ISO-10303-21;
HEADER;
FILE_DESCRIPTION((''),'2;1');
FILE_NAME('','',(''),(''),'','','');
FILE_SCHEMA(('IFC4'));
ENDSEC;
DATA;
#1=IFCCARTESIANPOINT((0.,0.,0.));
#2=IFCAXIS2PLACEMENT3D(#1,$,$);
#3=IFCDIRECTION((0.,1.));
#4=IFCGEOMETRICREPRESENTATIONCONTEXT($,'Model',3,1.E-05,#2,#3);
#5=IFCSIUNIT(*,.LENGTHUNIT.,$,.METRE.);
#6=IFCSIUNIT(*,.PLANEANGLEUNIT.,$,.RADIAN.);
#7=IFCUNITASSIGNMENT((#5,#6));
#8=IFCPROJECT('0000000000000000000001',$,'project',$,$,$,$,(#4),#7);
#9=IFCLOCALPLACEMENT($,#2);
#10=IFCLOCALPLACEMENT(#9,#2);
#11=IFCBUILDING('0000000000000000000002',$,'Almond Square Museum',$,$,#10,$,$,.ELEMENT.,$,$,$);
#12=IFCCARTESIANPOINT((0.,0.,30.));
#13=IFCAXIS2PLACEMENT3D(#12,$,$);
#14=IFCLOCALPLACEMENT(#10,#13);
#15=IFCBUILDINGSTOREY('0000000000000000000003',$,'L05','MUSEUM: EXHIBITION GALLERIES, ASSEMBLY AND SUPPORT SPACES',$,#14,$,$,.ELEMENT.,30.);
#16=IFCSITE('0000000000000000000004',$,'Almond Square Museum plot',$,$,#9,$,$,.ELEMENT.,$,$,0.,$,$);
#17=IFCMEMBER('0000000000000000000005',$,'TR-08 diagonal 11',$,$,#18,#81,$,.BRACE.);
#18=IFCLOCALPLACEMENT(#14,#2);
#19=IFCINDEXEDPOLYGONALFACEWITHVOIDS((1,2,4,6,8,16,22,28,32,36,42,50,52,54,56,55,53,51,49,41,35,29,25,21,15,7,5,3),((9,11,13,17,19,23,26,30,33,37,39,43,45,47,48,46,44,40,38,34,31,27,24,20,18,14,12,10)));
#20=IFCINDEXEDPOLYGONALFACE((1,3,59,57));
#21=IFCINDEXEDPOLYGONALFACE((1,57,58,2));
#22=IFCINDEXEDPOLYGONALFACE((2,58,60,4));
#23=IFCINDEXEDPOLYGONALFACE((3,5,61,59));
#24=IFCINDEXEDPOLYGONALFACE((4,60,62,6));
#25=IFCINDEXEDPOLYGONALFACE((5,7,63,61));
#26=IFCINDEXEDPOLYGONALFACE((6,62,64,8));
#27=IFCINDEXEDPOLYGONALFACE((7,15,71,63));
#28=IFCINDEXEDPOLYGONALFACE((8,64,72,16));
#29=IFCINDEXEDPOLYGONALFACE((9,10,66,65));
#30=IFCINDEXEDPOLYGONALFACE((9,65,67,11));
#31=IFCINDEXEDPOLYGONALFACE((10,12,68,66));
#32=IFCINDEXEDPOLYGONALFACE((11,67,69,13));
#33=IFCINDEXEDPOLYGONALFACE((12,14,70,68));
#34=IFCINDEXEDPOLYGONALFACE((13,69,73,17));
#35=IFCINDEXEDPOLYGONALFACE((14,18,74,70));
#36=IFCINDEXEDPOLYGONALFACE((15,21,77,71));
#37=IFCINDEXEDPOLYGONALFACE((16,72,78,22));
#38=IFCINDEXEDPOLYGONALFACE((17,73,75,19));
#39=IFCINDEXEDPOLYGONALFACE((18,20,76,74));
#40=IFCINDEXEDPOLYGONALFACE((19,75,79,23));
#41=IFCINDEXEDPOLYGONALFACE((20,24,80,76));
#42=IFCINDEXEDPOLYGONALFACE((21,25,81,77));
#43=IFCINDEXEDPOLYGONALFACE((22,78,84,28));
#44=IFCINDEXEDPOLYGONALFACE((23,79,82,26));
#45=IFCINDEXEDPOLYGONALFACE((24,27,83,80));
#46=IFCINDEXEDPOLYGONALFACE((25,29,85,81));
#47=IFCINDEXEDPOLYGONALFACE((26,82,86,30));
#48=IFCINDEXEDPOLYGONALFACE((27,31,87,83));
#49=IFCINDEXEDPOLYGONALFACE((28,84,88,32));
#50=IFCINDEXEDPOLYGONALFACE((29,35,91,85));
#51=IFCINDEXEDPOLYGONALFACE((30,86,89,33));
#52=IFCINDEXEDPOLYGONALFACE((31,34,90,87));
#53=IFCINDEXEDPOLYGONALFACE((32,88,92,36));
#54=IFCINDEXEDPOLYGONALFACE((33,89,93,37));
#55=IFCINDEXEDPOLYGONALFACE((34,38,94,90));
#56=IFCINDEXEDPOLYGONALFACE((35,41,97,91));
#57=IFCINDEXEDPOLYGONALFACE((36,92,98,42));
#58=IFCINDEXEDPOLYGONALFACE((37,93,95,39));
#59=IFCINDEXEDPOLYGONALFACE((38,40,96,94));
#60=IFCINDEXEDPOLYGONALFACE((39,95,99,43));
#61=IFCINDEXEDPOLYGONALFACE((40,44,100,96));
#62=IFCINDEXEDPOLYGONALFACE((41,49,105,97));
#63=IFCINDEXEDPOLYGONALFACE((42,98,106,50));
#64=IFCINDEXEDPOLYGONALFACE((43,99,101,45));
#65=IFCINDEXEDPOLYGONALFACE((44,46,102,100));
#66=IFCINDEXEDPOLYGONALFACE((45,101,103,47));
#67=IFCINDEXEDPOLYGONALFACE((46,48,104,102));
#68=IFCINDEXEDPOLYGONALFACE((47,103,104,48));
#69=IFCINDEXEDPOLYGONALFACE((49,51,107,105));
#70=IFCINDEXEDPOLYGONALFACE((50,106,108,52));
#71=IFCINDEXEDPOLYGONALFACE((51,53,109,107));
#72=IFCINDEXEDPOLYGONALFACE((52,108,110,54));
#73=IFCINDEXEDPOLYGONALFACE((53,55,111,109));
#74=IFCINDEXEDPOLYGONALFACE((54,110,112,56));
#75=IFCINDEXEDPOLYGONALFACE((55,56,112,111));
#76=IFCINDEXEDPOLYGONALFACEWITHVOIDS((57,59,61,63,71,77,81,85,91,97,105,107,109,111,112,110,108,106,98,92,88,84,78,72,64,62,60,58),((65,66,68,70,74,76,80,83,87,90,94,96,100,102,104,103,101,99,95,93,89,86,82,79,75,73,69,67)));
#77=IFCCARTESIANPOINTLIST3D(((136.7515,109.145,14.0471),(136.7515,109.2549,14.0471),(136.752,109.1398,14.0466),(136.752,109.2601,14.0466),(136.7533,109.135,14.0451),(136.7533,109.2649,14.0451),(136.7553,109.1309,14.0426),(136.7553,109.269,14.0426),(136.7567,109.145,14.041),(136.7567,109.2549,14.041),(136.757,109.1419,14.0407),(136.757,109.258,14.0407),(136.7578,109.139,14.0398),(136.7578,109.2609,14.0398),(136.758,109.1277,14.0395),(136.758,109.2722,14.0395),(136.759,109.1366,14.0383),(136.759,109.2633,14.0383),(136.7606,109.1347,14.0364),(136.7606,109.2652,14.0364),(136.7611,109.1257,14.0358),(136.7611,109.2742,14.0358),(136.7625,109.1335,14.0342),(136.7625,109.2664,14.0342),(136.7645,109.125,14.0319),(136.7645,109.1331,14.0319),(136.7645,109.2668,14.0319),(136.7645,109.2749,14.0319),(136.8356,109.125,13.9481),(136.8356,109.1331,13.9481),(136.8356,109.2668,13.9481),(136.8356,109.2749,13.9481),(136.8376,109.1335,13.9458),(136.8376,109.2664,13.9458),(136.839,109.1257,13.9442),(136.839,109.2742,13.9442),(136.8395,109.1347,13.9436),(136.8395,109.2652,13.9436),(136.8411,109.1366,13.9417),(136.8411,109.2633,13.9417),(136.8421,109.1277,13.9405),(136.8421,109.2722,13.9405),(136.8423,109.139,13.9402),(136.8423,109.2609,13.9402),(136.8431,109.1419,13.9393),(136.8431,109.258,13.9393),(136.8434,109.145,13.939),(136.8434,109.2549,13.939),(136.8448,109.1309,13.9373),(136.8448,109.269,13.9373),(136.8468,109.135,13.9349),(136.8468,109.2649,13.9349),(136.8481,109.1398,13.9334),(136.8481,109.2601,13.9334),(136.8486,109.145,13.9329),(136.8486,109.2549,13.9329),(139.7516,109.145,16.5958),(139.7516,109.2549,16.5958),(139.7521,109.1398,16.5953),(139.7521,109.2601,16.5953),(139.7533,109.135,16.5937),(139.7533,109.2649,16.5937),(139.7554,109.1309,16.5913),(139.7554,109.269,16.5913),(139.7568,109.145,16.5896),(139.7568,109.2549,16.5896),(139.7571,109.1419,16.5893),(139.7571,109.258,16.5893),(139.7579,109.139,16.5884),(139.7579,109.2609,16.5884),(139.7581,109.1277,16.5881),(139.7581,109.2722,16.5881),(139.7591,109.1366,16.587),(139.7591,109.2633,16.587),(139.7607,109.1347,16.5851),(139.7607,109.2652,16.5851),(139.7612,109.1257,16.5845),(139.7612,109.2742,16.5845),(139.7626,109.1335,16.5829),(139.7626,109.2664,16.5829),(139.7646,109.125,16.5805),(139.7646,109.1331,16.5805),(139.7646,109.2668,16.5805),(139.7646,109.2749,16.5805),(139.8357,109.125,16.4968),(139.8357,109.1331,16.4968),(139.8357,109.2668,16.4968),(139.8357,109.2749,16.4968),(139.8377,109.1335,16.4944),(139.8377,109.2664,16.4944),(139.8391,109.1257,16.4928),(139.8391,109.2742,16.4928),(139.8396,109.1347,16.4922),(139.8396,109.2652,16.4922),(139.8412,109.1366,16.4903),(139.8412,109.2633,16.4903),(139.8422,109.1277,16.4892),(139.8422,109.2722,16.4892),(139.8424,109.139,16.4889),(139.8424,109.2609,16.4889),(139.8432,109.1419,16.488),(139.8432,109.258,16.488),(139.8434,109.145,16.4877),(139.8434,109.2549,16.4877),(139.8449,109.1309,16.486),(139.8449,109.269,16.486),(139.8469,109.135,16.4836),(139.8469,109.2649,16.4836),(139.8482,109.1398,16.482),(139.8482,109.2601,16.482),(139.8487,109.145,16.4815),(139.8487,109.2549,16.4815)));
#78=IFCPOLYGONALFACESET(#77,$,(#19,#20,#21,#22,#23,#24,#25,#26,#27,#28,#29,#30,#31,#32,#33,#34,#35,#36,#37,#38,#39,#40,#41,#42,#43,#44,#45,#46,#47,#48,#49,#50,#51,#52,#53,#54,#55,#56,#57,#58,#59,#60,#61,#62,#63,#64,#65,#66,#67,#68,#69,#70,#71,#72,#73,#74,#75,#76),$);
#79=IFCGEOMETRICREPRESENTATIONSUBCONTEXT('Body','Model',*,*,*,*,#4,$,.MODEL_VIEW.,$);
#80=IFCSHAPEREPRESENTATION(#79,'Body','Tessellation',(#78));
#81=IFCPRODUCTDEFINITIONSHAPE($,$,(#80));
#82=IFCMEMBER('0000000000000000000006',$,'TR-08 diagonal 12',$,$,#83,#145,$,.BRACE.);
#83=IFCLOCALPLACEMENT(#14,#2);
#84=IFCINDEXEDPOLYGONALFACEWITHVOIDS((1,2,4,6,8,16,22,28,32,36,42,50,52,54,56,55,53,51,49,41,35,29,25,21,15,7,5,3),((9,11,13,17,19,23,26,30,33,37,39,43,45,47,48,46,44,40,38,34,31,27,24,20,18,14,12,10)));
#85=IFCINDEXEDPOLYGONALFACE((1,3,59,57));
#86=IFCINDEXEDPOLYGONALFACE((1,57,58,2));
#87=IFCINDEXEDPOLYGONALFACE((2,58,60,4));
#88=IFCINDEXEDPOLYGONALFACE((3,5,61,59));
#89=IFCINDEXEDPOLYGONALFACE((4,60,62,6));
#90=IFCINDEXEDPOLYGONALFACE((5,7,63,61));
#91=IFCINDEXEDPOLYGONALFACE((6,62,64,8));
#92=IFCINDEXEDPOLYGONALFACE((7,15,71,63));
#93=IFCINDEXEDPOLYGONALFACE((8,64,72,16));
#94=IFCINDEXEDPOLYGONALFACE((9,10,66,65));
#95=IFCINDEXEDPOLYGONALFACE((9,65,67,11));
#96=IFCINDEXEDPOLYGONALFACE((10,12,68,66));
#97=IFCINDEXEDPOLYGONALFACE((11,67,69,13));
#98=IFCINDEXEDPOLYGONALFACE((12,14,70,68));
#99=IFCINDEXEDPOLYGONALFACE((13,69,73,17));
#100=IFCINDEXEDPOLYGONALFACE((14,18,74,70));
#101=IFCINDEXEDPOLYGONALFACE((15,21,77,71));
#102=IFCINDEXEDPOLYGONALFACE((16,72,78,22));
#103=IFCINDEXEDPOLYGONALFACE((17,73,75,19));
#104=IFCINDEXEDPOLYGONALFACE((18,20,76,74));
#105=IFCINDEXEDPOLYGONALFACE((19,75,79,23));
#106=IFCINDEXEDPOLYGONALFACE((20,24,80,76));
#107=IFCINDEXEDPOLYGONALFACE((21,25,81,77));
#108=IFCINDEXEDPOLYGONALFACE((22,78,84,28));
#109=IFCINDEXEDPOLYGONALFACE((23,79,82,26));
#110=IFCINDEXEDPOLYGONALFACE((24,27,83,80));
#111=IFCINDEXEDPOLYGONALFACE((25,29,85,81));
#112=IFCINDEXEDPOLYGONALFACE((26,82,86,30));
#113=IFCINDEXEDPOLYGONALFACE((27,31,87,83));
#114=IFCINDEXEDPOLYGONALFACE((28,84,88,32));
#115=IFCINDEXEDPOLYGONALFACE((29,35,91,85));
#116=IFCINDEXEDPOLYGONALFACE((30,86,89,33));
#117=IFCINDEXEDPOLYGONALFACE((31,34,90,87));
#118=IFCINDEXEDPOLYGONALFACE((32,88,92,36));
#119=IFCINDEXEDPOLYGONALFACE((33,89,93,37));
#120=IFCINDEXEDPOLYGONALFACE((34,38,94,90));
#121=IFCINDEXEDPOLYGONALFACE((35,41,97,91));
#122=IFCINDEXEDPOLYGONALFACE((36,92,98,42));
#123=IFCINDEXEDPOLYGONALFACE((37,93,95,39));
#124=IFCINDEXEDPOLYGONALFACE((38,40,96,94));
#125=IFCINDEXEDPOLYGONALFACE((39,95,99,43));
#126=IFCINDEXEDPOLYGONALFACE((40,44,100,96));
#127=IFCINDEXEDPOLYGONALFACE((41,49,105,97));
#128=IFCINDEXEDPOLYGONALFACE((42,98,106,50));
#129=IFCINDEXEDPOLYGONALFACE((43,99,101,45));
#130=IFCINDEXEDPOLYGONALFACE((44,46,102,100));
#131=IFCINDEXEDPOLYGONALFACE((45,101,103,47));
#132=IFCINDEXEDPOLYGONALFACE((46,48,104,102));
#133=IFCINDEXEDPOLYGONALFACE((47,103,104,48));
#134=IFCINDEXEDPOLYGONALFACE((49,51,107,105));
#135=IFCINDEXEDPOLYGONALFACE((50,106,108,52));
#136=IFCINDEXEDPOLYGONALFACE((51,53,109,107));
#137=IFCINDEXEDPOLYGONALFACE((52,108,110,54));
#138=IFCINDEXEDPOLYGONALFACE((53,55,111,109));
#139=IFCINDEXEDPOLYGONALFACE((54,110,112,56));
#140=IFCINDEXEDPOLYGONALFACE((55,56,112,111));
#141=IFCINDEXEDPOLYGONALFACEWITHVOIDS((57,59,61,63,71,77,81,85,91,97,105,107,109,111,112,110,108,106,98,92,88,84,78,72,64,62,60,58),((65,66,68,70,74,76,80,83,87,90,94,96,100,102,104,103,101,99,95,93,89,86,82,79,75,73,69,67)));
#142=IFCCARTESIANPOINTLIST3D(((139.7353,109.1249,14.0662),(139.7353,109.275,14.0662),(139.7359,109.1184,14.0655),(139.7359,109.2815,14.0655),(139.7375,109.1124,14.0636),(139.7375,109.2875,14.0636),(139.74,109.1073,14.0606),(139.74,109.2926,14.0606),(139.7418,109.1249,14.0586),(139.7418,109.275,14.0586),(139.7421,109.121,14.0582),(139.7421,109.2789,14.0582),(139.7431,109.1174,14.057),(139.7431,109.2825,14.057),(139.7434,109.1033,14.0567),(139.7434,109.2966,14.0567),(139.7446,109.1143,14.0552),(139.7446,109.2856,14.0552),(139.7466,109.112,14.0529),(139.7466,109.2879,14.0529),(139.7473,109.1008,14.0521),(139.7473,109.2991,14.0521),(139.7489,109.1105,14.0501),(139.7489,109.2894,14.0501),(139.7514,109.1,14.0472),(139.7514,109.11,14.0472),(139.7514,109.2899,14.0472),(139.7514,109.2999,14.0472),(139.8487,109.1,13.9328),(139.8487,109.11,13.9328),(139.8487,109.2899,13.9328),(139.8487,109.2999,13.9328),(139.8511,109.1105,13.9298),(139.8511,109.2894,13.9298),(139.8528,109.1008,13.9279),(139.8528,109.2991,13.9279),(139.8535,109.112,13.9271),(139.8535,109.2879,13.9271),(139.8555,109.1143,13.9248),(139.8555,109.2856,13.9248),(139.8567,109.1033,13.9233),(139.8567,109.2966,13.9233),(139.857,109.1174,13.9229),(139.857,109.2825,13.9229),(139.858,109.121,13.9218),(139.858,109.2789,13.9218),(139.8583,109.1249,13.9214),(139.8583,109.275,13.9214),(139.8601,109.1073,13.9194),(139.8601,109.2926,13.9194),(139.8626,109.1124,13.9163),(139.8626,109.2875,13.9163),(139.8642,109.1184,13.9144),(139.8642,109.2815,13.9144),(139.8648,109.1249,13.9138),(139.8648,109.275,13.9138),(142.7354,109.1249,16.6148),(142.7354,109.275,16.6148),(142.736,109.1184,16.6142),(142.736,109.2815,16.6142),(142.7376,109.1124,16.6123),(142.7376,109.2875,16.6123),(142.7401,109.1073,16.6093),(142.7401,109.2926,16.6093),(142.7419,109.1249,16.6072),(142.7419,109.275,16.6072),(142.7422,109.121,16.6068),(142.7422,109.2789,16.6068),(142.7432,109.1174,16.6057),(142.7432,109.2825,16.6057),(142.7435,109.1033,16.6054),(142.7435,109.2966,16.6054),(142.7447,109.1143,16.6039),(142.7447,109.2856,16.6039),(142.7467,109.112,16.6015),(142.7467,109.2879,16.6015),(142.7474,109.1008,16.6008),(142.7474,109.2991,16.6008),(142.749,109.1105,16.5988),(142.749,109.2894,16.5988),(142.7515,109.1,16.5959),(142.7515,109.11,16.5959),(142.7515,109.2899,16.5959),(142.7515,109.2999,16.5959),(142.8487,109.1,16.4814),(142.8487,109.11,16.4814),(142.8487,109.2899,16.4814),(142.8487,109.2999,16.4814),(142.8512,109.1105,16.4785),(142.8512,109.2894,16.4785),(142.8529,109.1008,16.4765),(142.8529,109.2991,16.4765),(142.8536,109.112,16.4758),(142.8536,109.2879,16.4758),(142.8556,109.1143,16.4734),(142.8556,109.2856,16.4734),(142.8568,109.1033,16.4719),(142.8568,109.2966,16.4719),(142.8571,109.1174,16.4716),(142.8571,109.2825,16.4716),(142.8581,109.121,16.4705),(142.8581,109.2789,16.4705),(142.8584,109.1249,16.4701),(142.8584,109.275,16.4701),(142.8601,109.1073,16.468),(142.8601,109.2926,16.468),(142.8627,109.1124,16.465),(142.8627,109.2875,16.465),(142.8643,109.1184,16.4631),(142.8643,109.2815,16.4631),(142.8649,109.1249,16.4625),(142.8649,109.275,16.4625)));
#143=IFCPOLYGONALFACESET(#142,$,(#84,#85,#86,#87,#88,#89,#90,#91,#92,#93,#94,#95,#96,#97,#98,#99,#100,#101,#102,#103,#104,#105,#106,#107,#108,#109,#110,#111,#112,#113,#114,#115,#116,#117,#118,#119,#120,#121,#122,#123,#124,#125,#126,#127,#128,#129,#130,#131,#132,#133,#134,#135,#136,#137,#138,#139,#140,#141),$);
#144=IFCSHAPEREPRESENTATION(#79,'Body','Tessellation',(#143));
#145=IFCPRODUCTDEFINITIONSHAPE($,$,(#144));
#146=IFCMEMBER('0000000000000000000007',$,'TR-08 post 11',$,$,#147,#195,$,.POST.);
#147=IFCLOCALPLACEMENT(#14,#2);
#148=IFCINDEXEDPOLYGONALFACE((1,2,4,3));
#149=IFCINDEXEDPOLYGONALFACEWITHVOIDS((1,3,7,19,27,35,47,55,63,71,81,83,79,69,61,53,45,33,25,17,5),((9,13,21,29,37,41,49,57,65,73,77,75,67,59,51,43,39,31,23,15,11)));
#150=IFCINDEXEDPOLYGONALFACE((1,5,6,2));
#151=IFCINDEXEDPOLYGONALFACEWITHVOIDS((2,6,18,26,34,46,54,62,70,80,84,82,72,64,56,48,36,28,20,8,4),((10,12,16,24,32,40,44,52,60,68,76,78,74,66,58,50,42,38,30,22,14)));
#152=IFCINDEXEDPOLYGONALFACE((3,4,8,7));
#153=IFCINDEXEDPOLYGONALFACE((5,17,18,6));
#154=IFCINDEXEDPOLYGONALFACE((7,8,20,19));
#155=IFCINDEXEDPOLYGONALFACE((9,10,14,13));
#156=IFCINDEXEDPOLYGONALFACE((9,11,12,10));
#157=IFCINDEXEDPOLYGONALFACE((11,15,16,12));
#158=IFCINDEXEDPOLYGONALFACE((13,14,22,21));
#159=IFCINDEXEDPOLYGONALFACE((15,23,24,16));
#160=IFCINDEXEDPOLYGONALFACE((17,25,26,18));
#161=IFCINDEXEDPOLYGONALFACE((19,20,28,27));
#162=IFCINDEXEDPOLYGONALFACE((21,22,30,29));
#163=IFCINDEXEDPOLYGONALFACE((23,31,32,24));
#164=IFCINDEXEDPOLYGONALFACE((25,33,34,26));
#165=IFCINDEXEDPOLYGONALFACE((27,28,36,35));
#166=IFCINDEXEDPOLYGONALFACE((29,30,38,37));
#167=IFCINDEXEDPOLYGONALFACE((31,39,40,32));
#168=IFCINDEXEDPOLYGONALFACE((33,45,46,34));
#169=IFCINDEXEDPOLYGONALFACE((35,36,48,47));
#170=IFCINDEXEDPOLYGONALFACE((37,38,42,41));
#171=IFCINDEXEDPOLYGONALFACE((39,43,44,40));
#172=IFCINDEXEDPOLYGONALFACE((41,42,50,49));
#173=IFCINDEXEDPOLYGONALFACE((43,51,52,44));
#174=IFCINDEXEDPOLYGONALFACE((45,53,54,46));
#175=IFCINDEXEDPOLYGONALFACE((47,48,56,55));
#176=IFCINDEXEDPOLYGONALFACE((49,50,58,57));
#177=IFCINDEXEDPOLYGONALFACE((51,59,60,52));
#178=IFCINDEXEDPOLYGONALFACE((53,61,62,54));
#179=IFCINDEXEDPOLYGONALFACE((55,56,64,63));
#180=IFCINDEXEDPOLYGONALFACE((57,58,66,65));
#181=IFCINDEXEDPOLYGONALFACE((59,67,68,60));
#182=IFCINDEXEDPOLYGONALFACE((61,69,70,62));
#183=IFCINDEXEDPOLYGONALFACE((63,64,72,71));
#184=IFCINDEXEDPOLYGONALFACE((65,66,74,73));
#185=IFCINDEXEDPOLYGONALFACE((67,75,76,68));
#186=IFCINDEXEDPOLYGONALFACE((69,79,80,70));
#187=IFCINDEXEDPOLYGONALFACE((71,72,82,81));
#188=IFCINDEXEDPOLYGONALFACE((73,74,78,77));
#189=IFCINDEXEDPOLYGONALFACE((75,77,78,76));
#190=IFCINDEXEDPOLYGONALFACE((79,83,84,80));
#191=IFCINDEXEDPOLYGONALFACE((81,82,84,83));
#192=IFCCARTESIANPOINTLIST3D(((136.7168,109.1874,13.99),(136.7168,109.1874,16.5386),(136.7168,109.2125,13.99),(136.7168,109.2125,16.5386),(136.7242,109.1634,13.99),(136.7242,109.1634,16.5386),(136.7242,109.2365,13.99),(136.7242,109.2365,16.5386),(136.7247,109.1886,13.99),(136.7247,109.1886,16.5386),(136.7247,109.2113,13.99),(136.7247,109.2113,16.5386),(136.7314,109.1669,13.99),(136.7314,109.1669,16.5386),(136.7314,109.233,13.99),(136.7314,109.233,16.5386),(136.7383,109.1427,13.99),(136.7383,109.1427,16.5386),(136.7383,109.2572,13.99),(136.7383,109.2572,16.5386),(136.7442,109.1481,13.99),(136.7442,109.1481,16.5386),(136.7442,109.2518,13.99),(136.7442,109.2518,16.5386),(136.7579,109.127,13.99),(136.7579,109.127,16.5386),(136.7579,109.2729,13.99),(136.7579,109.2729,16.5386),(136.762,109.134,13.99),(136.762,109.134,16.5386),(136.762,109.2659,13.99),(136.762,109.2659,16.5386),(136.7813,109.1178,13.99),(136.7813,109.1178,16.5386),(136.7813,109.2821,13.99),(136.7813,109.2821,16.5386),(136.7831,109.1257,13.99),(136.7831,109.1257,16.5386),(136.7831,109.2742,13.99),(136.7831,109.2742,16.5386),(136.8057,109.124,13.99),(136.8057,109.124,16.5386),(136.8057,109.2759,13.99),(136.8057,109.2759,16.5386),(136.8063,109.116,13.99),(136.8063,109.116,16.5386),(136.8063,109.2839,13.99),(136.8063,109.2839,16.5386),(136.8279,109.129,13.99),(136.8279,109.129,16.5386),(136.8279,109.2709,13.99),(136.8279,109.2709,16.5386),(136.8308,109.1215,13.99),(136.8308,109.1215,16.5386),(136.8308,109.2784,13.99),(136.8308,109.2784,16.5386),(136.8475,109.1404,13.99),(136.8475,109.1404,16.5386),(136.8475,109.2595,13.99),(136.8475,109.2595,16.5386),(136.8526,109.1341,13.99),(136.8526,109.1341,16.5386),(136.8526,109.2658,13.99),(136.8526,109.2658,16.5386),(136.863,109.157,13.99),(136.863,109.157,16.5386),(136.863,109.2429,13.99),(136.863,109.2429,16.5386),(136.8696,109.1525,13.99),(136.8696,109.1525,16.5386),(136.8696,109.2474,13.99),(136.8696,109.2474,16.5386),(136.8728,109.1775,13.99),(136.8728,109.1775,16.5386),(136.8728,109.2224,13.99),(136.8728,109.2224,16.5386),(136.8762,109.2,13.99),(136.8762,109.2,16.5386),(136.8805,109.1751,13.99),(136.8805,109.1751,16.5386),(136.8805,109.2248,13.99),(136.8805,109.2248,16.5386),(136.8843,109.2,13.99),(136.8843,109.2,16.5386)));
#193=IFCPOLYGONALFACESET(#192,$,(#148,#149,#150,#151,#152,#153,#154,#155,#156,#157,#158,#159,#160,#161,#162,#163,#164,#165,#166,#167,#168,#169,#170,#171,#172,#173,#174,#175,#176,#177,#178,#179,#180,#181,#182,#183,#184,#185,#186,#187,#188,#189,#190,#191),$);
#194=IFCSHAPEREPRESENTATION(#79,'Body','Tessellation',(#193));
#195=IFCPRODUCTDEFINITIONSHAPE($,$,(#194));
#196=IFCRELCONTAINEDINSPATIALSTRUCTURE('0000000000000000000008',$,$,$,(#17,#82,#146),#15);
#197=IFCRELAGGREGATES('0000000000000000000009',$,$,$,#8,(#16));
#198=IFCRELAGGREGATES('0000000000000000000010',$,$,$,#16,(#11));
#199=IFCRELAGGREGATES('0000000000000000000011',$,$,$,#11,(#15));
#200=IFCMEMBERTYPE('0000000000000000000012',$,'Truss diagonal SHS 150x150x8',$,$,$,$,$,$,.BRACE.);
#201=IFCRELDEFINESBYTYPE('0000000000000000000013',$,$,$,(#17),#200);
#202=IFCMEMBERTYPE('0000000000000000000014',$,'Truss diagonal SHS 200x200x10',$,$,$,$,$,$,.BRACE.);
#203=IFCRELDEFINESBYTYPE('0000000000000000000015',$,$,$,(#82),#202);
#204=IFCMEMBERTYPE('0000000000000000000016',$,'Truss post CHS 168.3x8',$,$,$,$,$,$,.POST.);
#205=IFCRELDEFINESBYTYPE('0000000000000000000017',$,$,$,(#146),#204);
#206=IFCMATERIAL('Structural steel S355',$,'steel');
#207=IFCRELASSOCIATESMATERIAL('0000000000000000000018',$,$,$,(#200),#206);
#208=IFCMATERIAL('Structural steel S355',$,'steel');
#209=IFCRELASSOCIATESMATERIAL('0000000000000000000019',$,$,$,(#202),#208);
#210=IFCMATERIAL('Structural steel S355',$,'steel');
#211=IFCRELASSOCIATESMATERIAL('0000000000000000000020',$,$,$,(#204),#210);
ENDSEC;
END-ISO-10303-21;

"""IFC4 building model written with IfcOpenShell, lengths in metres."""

from ifc_helpers import new_model, si_unit, direction, frame, origin, origin_2d, place, context, subcontext, project, spatial, hollow_rectangle, hollow_circle, extrude, material, material_profile, profile_set, type_object, element, save


model = new_model("IFC4")

# Units and contexts
model_context = context("Model", 3, precision=1e-05, world=origin(), true_north=direction((0.0, 1.0)))
body_context = subcontext(model_context, "Body", "Model", "MODEL_VIEW")
ifc_project = project(units=[si_unit("LENGTHUNIT", "METRE"), si_unit("PLANEANGLEUNIT", "RADIAN")], contexts=[model_context])

# Site, building, storey
site_placement = place(None, origin())
site = spatial("IfcSite", under=ifc_project, at=site_placement, Name="Almond Square Museum plot", CompositionType="ELEMENT", RefElevation=0.0)
building_placement = place(site_placement, origin())
building = spatial("IfcBuilding", under=site, at=building_placement, Name="Almond Square Museum", CompositionType="ELEMENT")
storey_placement = place(building_placement, frame((0.0, 0.0, 30.0)))
storey = spatial("IfcBuildingStorey", under=building, at=storey_placement, Name="L05", Description="MUSEUM: EXHIBITION GALLERIES, ASSEMBLY AND SUPPORT SPACES", CompositionType="ELEMENT", Elevation=30.0)

# Members
ifc_material_1 = material(Name="Structural steel S355", Category="steel")
ifc_material_profile_1 = material_profile(ifc_material_1, hollow_rectangle(XDim=0.1499, YDim=0.1499, WallThickness=0.0081, InnerFilletRadius=0.012, OuterFilletRadius=0.02, at=origin_2d()))
ifc_profile_set_1 = profile_set([ifc_material_profile_1], Name="Structural steel S355")
member_type_1 = type_object("IfcMemberType", Name="Truss diagonal SHS 150x150x8", PredefinedType="BRACE", material=ifc_profile_set_1)
member_1_placement = place(storey_placement, frame((136.8, 109.2, 13.99), z_axis=(0.762117, 0.0, 0.64744), x_axis=(0.0, 1.0, 0.0)))
element("IfcMember", 1, at=member_1_placement, inside=storey, type_object=member_type_1, Name="TR-08 diagonal 11", PredefinedType="BRACE", context=body_context, shape_type="SweptSolid", body=[
    extrude(hollow_rectangle(XDim=0.1499, YDim=0.1499, WallThickness=0.0081, InnerFilletRadius=0.012, OuterFilletRadius=0.02, at=origin_2d()), origin(), (0.0, 0.0, 1.0), 3.9365),
])
ifc_material_2 = material(Name="Structural steel S355", Category="steel")
ifc_material_profile_2 = material_profile(ifc_material_2, hollow_rectangle(XDim=0.2, YDim=0.2, WallThickness=0.01, InnerFilletRadius=0.0149, OuterFilletRadius=0.0249, at=origin_2d()))
ifc_profile_set_2 = profile_set([ifc_material_profile_2], Name="Structural steel S355")
member_type_2 = type_object("IfcMemberType", Name="Truss diagonal SHS 200x200x10", PredefinedType="BRACE", material=ifc_profile_set_2)
member_2_placement = place(storey_placement, frame((139.8, 109.2, 13.99), z_axis=(0.762117, 0.0, 0.64744), x_axis=(0.0, 1.0, 0.0)))
element("IfcMember", 2, at=member_2_placement, inside=storey, type_object=member_type_2, Name="TR-08 diagonal 12", PredefinedType="BRACE", context=body_context, shape_type="SweptSolid", body=[
    extrude(hollow_rectangle(XDim=0.2, YDim=0.2, WallThickness=0.01, InnerFilletRadius=0.0149, OuterFilletRadius=0.0249, at=origin_2d()), origin(), (0.0, 0.0, 1.0), 3.9365),
])
ifc_material_3 = material(Name="Structural steel S355", Category="steel")
ifc_material_profile_3 = material_profile(ifc_material_3, hollow_circle(Radius=0.0842, WallThickness=0.0081, at=origin_2d()))
ifc_profile_set_3 = profile_set([ifc_material_profile_3], Name="Structural steel S355")
member_type_3 = type_object("IfcMemberType", Name="Truss post CHS 168.3x8", PredefinedType="POST", material=ifc_profile_set_3)
for number, where, z_axis, x_axis, name in (
    (3, (136.8, 109.2, 13.99), (0.0, 0.0, 1.0), (1.0, 0.0, 0.0), "TR-08 post 11"),
):
    element("IfcMember", number, at=place(storey_placement, frame(where, z_axis=z_axis, x_axis=x_axis)), inside=storey, type_object=member_type_3, Name=name, PredefinedType="POST", context=body_context, shape_type="SweptSolid", body=[
        extrude(hollow_circle(Radius=0.0842, WallThickness=0.0081, at=origin_2d()), origin(), (0.0, 0.0, 1.0), 2.5486),
    ])

save(model, "model.ifc")
